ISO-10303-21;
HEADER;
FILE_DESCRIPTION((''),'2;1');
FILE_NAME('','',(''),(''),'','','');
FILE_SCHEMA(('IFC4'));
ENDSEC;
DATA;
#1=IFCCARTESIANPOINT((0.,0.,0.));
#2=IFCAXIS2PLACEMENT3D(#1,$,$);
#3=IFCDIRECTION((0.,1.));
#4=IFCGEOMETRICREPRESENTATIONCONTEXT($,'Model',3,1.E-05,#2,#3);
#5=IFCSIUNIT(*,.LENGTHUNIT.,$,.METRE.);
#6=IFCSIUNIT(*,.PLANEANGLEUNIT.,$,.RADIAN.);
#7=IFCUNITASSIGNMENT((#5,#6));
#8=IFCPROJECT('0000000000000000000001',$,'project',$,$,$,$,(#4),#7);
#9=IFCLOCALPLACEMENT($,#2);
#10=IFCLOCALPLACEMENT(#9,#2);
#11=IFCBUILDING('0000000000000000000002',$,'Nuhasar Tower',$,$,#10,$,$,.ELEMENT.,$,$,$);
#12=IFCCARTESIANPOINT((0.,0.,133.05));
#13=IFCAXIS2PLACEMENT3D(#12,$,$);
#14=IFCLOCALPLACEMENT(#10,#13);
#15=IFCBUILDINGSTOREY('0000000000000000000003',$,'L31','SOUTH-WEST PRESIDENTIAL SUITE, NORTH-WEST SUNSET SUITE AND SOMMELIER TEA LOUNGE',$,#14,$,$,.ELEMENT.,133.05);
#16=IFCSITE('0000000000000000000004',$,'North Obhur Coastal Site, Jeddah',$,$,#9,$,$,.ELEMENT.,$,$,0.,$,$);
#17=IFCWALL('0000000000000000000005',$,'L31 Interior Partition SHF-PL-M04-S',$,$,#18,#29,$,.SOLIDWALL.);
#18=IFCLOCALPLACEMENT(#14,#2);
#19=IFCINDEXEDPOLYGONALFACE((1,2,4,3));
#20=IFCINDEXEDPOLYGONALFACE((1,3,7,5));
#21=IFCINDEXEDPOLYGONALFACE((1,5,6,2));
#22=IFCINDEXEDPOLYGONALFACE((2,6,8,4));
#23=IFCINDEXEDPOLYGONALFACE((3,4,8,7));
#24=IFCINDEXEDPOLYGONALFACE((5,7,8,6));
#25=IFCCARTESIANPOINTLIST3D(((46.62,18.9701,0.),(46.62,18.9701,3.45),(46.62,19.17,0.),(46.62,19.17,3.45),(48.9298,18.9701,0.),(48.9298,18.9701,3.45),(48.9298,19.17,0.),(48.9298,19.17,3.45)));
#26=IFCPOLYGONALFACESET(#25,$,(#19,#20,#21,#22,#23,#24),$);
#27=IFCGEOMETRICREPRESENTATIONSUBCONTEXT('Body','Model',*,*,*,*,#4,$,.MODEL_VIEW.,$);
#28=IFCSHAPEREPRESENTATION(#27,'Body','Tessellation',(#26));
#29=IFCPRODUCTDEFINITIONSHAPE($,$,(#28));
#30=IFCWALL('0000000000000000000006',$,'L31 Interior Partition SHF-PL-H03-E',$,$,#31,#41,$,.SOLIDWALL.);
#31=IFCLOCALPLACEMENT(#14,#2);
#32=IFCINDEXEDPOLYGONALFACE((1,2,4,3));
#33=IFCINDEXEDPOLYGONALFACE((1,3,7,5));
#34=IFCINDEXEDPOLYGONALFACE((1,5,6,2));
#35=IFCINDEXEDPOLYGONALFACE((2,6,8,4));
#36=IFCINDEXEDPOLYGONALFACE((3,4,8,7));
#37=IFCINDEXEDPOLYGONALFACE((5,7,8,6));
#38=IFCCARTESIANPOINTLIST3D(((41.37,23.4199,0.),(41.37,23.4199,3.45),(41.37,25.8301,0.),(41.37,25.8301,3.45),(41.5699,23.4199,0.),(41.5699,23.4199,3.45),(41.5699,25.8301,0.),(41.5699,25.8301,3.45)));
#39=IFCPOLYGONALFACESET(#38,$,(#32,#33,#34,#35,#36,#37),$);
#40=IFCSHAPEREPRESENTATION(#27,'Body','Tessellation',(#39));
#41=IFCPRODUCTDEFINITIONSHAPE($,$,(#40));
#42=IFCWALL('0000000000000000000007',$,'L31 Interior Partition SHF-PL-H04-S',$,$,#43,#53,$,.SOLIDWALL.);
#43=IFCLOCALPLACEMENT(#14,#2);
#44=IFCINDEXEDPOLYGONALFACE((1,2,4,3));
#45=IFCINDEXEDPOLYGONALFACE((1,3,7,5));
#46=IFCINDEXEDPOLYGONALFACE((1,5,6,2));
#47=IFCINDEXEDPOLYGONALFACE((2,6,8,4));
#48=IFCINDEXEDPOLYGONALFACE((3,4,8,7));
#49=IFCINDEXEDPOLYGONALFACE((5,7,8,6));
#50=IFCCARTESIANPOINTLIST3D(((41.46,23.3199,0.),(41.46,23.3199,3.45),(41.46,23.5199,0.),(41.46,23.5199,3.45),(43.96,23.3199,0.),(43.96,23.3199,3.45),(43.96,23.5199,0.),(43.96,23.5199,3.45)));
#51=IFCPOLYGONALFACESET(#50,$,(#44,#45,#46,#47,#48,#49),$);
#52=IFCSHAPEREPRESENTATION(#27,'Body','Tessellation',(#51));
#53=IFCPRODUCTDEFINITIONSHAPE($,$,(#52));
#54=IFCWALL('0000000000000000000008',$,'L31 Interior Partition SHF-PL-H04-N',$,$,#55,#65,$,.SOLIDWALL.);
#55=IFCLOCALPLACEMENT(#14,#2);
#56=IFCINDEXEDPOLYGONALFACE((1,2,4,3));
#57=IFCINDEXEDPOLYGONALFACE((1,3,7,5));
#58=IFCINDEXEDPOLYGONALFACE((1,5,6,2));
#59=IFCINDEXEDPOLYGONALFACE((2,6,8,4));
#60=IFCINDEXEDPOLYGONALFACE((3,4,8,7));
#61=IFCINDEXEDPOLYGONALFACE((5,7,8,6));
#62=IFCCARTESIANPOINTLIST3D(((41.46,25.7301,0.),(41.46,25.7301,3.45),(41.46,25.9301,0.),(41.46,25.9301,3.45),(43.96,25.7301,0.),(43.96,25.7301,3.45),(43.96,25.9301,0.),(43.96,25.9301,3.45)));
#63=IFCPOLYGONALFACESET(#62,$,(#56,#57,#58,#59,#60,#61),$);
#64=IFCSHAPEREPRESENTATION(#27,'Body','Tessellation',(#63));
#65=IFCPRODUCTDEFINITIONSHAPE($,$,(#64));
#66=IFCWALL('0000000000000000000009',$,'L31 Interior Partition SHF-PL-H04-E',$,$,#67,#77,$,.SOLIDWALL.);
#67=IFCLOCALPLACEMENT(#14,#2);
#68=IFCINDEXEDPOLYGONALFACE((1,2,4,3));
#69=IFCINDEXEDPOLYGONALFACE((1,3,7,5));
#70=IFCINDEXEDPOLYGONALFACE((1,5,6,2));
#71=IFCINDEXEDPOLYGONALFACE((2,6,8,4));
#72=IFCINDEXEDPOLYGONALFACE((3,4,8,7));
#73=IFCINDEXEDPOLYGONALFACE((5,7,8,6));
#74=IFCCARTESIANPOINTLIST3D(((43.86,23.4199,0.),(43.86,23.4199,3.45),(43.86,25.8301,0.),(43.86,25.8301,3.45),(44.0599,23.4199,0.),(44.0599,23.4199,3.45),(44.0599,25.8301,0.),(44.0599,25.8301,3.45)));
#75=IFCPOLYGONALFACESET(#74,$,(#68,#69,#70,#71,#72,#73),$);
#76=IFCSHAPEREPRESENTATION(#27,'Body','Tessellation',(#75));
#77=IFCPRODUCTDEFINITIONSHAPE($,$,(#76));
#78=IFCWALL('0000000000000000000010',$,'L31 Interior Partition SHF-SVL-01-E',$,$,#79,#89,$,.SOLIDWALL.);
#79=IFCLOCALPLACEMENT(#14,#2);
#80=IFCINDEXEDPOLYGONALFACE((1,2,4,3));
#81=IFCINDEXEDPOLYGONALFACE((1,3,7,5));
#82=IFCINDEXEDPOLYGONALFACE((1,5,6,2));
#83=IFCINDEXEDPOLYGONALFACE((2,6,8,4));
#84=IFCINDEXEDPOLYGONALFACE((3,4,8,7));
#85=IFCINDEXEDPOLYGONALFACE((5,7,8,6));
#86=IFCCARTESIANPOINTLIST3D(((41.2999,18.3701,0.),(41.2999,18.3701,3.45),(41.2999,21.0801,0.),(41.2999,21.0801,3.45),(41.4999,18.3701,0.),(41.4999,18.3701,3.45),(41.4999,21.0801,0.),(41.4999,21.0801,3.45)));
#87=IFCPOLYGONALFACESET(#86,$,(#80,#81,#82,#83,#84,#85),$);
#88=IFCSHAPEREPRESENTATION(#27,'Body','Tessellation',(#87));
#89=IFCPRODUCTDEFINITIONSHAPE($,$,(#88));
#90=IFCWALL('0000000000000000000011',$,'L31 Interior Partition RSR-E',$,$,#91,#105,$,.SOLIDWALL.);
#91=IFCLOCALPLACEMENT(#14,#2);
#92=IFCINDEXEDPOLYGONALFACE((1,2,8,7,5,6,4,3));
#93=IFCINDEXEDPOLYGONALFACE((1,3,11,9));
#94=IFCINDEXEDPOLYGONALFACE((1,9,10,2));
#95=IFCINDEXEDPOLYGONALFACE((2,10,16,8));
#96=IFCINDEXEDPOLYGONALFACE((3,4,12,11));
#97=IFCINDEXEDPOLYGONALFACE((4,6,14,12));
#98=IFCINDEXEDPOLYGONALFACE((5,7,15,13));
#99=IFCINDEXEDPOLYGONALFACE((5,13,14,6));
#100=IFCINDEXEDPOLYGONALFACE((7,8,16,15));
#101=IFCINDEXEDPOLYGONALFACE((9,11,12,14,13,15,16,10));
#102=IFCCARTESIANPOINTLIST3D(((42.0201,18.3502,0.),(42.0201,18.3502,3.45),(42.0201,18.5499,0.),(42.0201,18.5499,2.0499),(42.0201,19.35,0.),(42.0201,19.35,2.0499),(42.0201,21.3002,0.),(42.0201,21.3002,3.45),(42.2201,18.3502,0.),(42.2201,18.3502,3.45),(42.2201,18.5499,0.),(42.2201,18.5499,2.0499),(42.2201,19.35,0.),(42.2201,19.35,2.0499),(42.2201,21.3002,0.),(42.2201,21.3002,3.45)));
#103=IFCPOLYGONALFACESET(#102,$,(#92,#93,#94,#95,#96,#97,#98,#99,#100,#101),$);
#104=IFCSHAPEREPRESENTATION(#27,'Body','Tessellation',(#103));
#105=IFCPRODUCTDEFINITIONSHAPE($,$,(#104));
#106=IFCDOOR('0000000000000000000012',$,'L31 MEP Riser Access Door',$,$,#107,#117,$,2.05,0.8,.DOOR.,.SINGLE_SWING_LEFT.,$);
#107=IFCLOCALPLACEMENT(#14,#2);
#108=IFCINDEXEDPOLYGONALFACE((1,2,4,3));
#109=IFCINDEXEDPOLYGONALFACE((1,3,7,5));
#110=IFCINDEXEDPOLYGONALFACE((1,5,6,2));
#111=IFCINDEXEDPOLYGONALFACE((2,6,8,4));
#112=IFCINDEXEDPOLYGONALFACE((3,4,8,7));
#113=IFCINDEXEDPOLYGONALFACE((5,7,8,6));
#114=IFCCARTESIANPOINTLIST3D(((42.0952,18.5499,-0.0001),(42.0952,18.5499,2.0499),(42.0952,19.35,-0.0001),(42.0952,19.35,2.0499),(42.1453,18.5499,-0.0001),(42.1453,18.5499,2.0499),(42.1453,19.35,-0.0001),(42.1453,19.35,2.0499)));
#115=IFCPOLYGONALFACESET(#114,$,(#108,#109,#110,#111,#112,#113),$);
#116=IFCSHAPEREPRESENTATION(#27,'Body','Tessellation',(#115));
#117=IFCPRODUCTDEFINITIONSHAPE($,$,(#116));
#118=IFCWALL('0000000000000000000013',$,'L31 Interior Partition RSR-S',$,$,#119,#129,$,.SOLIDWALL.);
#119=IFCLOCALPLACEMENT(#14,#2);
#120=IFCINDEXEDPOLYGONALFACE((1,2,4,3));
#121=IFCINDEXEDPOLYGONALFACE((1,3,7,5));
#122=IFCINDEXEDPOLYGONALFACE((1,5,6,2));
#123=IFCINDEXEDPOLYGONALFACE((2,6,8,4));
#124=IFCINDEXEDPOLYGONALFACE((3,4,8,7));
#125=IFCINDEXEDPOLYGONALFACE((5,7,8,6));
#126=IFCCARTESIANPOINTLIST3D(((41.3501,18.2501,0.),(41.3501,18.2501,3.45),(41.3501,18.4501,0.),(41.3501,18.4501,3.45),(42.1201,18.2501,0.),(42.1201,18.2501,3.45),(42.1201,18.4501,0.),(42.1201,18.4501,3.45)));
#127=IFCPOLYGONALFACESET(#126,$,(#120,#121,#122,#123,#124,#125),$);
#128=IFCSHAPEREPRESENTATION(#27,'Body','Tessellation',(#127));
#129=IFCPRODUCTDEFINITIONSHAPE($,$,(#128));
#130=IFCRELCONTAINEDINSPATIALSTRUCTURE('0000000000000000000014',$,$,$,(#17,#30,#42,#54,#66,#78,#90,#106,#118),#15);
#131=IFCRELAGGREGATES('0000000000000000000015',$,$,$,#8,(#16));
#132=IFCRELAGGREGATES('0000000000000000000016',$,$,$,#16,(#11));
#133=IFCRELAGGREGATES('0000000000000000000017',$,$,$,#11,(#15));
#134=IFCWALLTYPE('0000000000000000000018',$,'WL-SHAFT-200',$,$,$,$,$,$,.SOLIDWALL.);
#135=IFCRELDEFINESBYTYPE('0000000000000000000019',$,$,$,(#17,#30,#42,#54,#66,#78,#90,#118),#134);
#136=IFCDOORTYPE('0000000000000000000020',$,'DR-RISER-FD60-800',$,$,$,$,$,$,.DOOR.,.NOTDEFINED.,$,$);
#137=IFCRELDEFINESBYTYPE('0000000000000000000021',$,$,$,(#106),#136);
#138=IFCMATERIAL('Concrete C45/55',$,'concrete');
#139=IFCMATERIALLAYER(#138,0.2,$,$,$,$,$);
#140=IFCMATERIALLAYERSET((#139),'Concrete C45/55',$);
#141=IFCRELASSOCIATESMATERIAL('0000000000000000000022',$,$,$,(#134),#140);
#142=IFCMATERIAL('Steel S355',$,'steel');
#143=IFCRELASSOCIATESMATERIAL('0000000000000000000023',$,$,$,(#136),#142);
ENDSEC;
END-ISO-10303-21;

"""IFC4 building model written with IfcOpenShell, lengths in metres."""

from ifc_helpers import new_model, si_unit, direction, frame, frame_2d, origin, place, context, subcontext, project, spatial, rectangle, extrude, material, layer, layer_set, type_object, element, fill, save


model = new_model("IFC4")

# Units and contexts
model_context = context("Model", 3, precision=1e-05, world=origin(), true_north=direction((0.0, 1.0)))
body_context = subcontext(model_context, "Body", "Model", "MODEL_VIEW")
ifc_project = project(units=[si_unit("LENGTHUNIT", "METRE"), si_unit("PLANEANGLEUNIT", "RADIAN")], contexts=[model_context])

# Site, building, storey
site_placement = place(None, origin())
site = spatial("IfcSite", under=ifc_project, at=site_placement, Name="North Obhur Coastal Site, Jeddah", CompositionType="ELEMENT", RefElevation=0.0)
building_placement = place(site_placement, origin())
building = spatial("IfcBuilding", under=site, at=building_placement, Name="Nuhasar Tower", CompositionType="ELEMENT")
storey_placement = place(building_placement, frame((0.0, 0.0, 133.05)))
storey = spatial("IfcBuildingStorey", under=building, at=storey_placement, Name="L31", Description="SOUTH-WEST PRESIDENTIAL SUITE, NORTH-WEST SUNSET SUITE AND SOMMELIER TEA LOUNGE", CompositionType="ELEMENT", Elevation=133.05)

# Shared definitions
ifc_material_1 = material(Name="Steel S355", Category="steel")

# Shared definitions
ifc_material_2 = material(Name="Concrete C45/55", Category="concrete")

# Shared definitions
ifc_layer_1 = layer(ifc_material_2, 0.2)
ifc_layer_set_1 = layer_set([ifc_layer_1], Name="Concrete C45/55")
wall_type_1 = type_object("IfcWallType", Name="WL-SHAFT-200", PredefinedType="SOLIDWALL", material=ifc_layer_set_1)

# Wall
wall_1_placement = place(storey_placement, frame((46.6201, 19.0701, 0.0), z_axis=(0.0, 0.0, 1.0), x_axis=(1.0, 0.0, 0.0)))
element("IfcWall", 1, at=wall_1_placement, inside=storey, type_object=wall_type_1, Name="L31 Interior Partition SHF-PL-M04-S", PredefinedType="SOLIDWALL", context=body_context, shape_type="SweptSolid", body=[
    extrude(rectangle(XDim=2.3098, YDim=0.2, at=frame_2d((1.1548, 0.0))), origin(), (0.0, 0.0, 1.0), 3.45),
])

# Walls
wall_2_placement = place(storey_placement, frame((41.47, 23.4199, 0.0), z_axis=(0.0, 0.0, 1.0), x_axis=(0.0, 1.0, 0.0)))
element("IfcWall", 2, at=wall_2_placement, inside=storey, type_object=wall_type_1, Name="L31 Interior Partition SHF-PL-H03-E", PredefinedType="SOLIDWALL", context=body_context, shape_type="SweptSolid", body=[
    extrude(rectangle(XDim=2.4102, YDim=0.2, at=frame_2d((1.2051, 0.0))), origin(), (0.0, 0.0, 1.0), 3.45),
])
for number, where, z_axis, x_axis, name in (
    (3, (41.46, 23.4199, 0.0), (0.0, 0.0, 1.0), (1.0, 0.0, 0.0), "L31 Interior Partition SHF-PL-H04-S"),
    (4, (41.46, 25.8301, 0.0), (0.0, 0.0, 1.0), (1.0, 0.0, 0.0), "L31 Interior Partition SHF-PL-H04-N"),
):
    element("IfcWall", number, at=place(storey_placement, frame(where, z_axis=z_axis, x_axis=x_axis)), inside=storey, type_object=wall_type_1, Name=name, PredefinedType="SOLIDWALL", context=body_context, shape_type="SweptSolid", body=[
        extrude(rectangle(XDim=2.5, YDim=0.2, at=frame_2d((1.25, 0.0))), origin(), (0.0, 0.0, 1.0), 3.45),
    ])
wall_3_placement = place(storey_placement, frame((43.96, 23.4199, 0.0), z_axis=(0.0, 0.0, 1.0), x_axis=(0.0, 1.0, 0.0)))
element("IfcWall", 5, at=wall_3_placement, inside=storey, type_object=wall_type_1, Name="L31 Interior Partition SHF-PL-H04-E", PredefinedType="SOLIDWALL", context=body_context, shape_type="SweptSolid", body=[
    extrude(rectangle(XDim=2.4102, YDim=0.2, at=frame_2d((1.2051, 0.0))), origin(), (0.0, 0.0, 1.0), 3.45),
])
wall_4_placement = place(storey_placement, frame((41.3999, 18.3701, 0.0), z_axis=(0.0, 0.0, 1.0), x_axis=(0.0, 1.0, 0.0)))
element("IfcWall", 6, at=wall_4_placement, inside=storey, type_object=wall_type_1, Name="L31 Interior Partition SHF-SVL-01-E", PredefinedType="SOLIDWALL", context=body_context, shape_type="SweptSolid", body=[
    extrude(rectangle(XDim=2.71, YDim=0.2, at=frame_2d((1.355, 0.0))), origin(), (0.0, 0.0, 1.0), 3.45),
])

# Wall, opening, door
wall_5_placement = place(storey_placement, frame((42.1201, 18.3501, 0.0), z_axis=(0.0, 0.0, 1.0), x_axis=(0.0, 1.0, 0.0)))
wall_5 = element("IfcWall", 7, at=wall_5_placement, inside=storey, type_object=wall_type_1, Name="L31 Interior Partition RSR-E", PredefinedType="SOLIDWALL", context=body_context, shape_type="SweptSolid", body=[
    extrude(rectangle(XDim=2.95, YDim=0.2, at=frame_2d((1.4751, 0.0))), origin(), (0.0, 0.0, 1.0), 3.45),
])
opening_1_placement = place(wall_5_placement, frame((0.2, 0.0, 0.0)))
opening_1 = element("IfcOpeningElement", 8, at=opening_1_placement, cuts=wall_5, PredefinedType="OPENING", context=body_context, shape_type="SweptSolid", body=[
    extrude(rectangle(XDim=0.8, YDim=2.05, at=frame_2d((0.3999, 1.0249))), frame((0.0, 0.1099, 0.0), z_axis=(0.0, -1.0, 0.0), x_axis=(1.0, 0.0, 0.0)), (0.0, 0.0, 1.0), 0.22),
])
door_type_1 = type_object("IfcDoorType", Name="DR-RISER-FD60-800", OperationType="NOTDEFINED", PredefinedType="DOOR", material=ifc_material_1)
door_1_placement = place(opening_1_placement, origin())
door_1 = element("IfcDoor", 9, at=door_1_placement, inside=storey, type_object=door_type_1, Name="L31 MEP Riser Access Door", OperationType="SINGLE_SWING_LEFT", OverallHeight=2.05, OverallWidth=0.8, PredefinedType="DOOR", context=body_context, shape_type="SweptSolid", body=[
    extrude(rectangle(XDim=0.8, YDim=2.05, at=frame_2d((0.3999, 1.0249))), frame((0.0, 0.0249, 0.0), z_axis=(0.0, -1.0, 0.0), x_axis=(1.0, 0.0, 0.0)), (0.0, 0.0, 1.0), 0.05),
])
fill(opening_1, door_1)

# Wall
wall_6_placement = place(storey_placement, frame((41.3501, 18.3501, 0.0), z_axis=(0.0, 0.0, 1.0), x_axis=(1.0, 0.0, 0.0)))
element("IfcWall", 10, at=wall_6_placement, inside=storey, type_object=wall_type_1, Name="L31 Interior Partition RSR-S", PredefinedType="SOLIDWALL", context=body_context, shape_type="SweptSolid", body=[
    extrude(rectangle(XDim=0.77, YDim=0.2, at=frame_2d((0.385, 0.0))), origin(), (0.0, 0.0, 1.0), 3.45),
])

save(model, "model.ifc")
